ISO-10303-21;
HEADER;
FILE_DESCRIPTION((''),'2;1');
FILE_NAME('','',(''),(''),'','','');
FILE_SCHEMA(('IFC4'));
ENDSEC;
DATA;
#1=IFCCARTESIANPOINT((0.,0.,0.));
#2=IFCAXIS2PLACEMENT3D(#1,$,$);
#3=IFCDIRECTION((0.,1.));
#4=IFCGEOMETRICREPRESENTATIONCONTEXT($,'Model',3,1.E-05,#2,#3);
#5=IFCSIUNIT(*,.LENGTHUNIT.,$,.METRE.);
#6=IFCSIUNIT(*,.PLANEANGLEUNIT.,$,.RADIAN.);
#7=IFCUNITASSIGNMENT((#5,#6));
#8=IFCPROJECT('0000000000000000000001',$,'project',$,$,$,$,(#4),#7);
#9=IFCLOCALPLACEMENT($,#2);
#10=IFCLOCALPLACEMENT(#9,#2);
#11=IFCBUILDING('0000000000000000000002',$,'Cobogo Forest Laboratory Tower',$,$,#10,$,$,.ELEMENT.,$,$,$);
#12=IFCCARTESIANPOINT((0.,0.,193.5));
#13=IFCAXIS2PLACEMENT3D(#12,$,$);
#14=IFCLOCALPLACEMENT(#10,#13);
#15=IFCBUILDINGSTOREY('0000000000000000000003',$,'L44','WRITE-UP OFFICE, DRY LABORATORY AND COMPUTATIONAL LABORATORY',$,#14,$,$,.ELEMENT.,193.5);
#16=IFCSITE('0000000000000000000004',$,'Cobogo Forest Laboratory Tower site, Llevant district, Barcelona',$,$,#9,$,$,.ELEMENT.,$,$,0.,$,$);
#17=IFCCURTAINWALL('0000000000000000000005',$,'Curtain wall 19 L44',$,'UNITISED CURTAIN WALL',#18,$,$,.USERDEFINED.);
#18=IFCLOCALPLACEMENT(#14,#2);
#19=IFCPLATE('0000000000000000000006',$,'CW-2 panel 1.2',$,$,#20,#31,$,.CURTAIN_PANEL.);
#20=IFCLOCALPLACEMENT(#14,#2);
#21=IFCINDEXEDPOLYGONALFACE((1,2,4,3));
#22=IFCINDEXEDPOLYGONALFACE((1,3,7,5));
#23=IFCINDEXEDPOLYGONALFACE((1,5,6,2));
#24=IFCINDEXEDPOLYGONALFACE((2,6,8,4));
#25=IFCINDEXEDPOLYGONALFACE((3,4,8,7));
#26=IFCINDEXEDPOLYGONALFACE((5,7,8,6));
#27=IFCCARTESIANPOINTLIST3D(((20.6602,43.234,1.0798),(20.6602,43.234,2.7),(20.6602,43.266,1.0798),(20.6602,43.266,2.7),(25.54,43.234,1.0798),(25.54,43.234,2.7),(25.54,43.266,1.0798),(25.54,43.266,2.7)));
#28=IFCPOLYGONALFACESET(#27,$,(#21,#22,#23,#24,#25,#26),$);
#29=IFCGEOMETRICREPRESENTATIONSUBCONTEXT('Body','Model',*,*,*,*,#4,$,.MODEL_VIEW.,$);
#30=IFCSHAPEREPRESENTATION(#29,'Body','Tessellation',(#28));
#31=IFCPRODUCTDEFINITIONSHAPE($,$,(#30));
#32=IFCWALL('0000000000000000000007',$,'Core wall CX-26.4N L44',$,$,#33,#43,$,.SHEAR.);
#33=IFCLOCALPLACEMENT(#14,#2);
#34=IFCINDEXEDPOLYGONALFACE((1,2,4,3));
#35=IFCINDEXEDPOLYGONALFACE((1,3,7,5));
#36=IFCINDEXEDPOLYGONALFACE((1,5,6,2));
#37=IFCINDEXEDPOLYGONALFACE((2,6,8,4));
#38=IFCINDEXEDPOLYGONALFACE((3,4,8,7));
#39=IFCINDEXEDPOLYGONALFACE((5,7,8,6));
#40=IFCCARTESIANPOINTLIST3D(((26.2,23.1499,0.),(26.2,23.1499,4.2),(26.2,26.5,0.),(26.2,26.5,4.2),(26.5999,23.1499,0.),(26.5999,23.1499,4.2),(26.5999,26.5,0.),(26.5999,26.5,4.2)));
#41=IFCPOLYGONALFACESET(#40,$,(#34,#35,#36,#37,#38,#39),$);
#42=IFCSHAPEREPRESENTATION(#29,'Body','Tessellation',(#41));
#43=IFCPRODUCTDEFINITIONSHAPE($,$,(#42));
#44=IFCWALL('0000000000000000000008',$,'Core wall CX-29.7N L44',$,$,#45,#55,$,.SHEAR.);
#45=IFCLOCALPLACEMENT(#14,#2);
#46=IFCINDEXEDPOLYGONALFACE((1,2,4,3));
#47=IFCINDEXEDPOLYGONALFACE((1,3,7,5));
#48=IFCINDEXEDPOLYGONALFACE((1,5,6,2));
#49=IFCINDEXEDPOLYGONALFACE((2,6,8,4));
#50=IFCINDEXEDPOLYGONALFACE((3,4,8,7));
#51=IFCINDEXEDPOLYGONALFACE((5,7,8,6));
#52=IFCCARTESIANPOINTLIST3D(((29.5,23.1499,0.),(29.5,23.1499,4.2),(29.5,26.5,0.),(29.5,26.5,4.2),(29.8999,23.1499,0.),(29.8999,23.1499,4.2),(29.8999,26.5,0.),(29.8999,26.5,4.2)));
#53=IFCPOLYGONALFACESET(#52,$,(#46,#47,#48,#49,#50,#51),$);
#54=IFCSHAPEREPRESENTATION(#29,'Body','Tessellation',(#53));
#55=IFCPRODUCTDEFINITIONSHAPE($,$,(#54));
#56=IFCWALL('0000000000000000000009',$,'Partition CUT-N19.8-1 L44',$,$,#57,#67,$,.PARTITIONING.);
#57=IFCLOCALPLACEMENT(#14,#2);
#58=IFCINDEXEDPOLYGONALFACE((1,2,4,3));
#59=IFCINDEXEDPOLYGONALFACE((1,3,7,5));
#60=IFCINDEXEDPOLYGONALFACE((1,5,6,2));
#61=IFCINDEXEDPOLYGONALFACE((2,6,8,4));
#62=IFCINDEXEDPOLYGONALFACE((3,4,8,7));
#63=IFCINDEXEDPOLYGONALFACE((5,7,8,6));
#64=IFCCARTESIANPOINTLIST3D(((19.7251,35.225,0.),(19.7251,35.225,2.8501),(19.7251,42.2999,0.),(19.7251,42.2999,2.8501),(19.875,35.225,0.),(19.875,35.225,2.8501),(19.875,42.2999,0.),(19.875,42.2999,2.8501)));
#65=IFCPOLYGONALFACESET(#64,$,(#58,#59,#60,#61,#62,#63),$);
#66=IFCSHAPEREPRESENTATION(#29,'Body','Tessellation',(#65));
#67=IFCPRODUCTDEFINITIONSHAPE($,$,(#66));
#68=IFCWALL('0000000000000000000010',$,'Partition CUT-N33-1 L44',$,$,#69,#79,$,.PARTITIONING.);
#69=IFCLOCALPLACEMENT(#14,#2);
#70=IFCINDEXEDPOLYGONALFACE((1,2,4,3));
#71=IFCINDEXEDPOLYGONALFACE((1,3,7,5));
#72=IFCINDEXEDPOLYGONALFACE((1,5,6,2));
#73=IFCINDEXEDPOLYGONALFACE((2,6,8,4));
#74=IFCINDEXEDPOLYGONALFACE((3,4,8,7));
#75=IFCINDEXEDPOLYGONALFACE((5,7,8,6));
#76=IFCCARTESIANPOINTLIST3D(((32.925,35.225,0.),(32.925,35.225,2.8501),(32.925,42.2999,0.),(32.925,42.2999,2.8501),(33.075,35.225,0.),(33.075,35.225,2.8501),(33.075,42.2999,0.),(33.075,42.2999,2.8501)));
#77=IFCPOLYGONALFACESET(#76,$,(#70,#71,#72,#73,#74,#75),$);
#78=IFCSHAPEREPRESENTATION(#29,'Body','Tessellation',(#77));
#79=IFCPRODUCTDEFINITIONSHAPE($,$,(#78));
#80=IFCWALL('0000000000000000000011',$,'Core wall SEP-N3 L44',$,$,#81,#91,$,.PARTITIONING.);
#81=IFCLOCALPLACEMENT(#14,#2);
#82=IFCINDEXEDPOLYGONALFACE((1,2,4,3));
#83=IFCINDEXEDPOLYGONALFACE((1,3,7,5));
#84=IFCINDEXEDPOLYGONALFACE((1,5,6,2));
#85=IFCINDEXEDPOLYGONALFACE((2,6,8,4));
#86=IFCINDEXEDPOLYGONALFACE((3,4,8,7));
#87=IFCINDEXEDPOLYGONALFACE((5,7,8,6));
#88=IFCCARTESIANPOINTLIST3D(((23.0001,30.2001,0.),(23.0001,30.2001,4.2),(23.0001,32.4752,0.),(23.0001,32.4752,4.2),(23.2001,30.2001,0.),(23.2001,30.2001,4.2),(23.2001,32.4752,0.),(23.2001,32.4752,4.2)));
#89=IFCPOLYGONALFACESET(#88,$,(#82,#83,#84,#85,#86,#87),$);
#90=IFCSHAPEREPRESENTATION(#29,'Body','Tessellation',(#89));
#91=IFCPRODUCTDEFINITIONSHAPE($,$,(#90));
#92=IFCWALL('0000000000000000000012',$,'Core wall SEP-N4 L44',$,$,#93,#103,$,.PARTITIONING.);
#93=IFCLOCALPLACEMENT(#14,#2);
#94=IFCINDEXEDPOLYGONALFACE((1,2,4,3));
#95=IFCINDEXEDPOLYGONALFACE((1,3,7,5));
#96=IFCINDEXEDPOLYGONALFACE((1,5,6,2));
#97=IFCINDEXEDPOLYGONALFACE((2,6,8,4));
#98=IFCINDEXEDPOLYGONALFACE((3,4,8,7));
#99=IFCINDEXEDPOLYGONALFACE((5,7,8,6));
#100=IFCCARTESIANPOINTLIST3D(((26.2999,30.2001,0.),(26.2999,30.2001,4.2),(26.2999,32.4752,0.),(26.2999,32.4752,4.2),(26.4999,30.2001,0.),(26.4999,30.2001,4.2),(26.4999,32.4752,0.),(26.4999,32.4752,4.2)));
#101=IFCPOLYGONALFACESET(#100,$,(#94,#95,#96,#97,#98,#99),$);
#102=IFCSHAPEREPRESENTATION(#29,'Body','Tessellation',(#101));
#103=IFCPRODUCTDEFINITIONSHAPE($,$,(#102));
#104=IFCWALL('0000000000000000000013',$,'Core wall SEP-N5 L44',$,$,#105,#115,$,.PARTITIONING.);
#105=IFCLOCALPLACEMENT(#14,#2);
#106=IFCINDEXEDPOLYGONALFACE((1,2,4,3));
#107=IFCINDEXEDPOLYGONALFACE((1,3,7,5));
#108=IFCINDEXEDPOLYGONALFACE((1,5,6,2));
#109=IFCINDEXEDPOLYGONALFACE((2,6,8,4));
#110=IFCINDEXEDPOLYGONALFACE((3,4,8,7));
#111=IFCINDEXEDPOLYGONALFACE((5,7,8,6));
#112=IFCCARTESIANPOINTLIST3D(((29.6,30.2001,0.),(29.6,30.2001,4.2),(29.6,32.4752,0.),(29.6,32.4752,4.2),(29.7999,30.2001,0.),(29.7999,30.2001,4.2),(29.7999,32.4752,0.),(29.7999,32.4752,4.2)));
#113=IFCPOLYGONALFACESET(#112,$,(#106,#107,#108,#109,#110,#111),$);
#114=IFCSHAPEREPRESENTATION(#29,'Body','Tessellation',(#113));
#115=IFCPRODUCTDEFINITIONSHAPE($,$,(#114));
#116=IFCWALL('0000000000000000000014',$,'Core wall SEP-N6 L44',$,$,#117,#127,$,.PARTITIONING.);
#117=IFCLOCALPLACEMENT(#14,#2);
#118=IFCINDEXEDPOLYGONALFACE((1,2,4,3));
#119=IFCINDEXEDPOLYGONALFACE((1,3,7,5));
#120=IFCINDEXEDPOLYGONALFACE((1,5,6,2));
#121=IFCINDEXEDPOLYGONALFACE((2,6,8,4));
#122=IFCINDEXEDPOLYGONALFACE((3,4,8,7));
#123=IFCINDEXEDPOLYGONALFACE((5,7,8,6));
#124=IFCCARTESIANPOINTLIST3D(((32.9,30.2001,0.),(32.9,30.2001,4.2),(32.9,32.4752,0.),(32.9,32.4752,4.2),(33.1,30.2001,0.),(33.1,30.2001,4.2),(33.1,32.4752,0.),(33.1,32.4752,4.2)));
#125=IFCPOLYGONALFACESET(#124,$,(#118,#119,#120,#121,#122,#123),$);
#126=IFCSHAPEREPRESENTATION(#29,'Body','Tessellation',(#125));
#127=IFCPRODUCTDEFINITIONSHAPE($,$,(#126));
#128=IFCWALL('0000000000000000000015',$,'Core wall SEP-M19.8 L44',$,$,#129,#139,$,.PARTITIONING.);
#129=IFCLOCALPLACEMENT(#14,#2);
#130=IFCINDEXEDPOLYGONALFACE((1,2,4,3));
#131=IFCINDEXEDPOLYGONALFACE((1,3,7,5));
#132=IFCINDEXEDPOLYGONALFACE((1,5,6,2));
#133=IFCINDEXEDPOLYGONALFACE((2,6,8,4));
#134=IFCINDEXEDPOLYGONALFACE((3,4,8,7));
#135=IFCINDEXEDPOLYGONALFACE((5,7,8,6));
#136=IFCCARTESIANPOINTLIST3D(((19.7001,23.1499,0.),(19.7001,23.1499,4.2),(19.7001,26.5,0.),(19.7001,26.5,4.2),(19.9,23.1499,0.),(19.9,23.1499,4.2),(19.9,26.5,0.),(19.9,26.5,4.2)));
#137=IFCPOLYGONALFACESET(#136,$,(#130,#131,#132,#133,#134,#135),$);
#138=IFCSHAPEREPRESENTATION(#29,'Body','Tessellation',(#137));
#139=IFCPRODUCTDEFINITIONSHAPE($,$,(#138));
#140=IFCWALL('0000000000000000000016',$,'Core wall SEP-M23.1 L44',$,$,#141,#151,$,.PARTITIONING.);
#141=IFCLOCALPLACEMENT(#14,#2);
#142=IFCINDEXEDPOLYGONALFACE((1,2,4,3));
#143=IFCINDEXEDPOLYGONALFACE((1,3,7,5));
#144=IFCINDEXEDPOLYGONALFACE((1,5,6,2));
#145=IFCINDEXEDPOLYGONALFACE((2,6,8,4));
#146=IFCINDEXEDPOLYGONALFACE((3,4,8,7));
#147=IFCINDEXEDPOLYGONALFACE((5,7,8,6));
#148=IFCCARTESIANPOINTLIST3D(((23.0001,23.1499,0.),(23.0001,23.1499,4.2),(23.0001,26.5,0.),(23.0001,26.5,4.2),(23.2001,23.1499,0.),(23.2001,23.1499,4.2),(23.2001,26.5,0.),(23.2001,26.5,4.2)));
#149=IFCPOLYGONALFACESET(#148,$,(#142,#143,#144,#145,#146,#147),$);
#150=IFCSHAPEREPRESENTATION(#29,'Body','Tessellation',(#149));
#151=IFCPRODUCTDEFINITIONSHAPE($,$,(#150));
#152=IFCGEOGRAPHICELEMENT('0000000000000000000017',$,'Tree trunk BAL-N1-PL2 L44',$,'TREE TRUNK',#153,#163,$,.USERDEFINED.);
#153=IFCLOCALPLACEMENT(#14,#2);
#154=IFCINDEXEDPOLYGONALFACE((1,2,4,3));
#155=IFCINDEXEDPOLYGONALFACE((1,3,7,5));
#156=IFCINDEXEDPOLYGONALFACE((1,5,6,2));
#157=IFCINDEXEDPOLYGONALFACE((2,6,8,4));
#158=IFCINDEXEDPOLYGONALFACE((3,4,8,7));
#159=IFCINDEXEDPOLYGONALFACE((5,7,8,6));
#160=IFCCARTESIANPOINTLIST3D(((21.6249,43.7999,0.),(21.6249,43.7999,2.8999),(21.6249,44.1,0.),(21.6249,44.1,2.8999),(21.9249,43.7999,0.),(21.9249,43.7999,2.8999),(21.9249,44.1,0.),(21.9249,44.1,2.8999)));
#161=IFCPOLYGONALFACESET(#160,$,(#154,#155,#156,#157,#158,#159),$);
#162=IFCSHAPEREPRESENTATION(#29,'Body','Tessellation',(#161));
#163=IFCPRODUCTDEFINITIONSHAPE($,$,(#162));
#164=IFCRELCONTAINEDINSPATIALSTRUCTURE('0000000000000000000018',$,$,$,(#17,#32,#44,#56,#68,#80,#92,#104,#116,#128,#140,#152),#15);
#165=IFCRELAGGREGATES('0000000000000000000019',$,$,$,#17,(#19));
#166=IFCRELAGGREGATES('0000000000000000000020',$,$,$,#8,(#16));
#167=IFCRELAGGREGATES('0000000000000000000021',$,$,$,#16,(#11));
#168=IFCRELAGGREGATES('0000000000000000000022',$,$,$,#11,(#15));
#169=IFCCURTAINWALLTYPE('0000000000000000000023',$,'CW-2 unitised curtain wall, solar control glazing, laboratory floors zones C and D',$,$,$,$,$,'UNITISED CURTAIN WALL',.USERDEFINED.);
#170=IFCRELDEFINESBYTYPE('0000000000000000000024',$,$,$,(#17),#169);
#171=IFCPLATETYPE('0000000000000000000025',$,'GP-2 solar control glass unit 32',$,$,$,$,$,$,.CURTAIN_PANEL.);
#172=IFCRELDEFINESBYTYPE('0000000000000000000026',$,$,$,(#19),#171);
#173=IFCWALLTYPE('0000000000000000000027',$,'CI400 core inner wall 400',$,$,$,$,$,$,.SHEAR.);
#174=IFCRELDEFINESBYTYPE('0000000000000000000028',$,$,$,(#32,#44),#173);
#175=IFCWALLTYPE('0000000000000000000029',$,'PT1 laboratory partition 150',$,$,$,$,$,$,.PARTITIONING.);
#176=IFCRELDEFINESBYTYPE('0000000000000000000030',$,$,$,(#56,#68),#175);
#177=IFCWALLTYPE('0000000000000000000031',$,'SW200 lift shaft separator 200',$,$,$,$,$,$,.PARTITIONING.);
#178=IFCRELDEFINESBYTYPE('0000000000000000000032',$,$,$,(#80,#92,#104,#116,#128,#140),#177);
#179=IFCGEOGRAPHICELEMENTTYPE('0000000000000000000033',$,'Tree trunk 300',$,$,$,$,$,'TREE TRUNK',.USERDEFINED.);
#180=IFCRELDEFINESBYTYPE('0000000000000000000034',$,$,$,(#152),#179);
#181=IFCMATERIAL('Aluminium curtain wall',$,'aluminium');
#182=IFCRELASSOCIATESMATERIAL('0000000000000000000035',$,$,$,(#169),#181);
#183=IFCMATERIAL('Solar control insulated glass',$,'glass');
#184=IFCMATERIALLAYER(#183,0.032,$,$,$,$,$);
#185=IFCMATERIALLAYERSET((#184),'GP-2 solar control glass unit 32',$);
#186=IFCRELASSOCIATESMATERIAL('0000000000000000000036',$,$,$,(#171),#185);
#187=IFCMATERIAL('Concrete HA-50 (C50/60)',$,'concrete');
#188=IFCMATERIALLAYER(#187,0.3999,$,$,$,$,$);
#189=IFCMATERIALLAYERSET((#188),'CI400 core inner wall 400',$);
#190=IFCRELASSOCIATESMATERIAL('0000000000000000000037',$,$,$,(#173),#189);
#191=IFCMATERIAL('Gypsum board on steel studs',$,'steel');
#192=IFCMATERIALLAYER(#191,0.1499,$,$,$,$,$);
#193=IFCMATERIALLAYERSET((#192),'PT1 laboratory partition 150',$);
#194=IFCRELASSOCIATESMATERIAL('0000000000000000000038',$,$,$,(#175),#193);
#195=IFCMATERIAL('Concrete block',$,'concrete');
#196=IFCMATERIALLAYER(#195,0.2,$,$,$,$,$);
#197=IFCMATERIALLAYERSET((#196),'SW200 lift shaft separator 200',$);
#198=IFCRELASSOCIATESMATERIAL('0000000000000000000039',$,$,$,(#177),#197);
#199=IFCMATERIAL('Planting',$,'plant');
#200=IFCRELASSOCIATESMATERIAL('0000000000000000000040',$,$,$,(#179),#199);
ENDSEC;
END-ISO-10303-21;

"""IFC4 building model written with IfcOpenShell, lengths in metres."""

from ifc_helpers import new_model, si_unit, direction, frame, frame_2d, origin, origin_2d, place, context, subcontext, project, spatial, rectangle, extrude, material, layer, layer_set, type_object, element, aggregate, save


model = new_model("IFC4")

# Units and contexts
model_context = context("Model", 3, precision=1e-05, world=origin(), true_north=direction((0.0, 1.0)))
body_context = subcontext(model_context, "Body", "Model", "MODEL_VIEW")
ifc_project = project(units=[si_unit("LENGTHUNIT", "METRE"), si_unit("PLANEANGLEUNIT", "RADIAN")], contexts=[model_context])

# Site, building, storey
site_placement = place(None, origin())
site = spatial("IfcSite", under=ifc_project, at=site_placement, Name="Cobogo Forest Laboratory Tower site, Llevant district, Barcelona", CompositionType="ELEMENT", RefElevation=0.0)
building_placement = place(site_placement, origin())
building = spatial("IfcBuilding", under=site, at=building_placement, Name="Cobogo Forest Laboratory Tower", CompositionType="ELEMENT")
storey_placement = place(building_placement, frame((0.0, 0.0, 193.5)))
storey = spatial("IfcBuildingStorey", under=building, at=storey_placement, Name="L44", Description="WRITE-UP OFFICE, DRY LABORATORY AND COMPUTATIONAL LABORATORY", CompositionType="ELEMENT", Elevation=193.5)

# Shared definitions
ifc_material_1 = material(Name="Concrete HA-50 (C50/60)", Category="concrete")

# Curtain wall
ifc_material_2 = material(Name="Aluminium curtain wall", Category="aluminium")
curtain_wall_type = type_object("IfcCurtainWallType", Name="CW-2 unitised curtain wall, solar control glazing, laboratory floors zones C and D", ElementType="UNITISED CURTAIN WALL", PredefinedType="USERDEFINED", material=ifc_material_2)
curtain_wall_1_placement = place(storey_placement, origin())
curtain_wall_1 = element("IfcCurtainWall", 1, at=curtain_wall_1_placement, inside=storey, type_object=curtain_wall_type, Name="Curtain wall 19 L44", ObjectType="UNITISED CURTAIN WALL", PredefinedType="USERDEFINED")

# Plate
ifc_material_3 = material(Name="Solar control insulated glass", Category="glass")
ifc_layer_1 = layer(ifc_material_3, 0.032)
ifc_layer_set_1 = layer_set([ifc_layer_1], Name="GP-2 solar control glass unit 32")
plate_type_1 = type_object("IfcPlateType", Name="GP-2 solar control glass unit 32", PredefinedType="CURTAIN_PANEL", material=ifc_layer_set_1)
plate_1_placement = place(storey_placement, frame((23.1001, 43.25, 1.0798), z_axis=(0.0, 0.0, 1.0), x_axis=(-1.0, 0.0, 0.0)))
plate_1 = element("IfcPlate", 2, at=plate_1_placement, type_object=plate_type_1, Name="CW-2 panel 1.2", PredefinedType="CURTAIN_PANEL", context=body_context, shape_type="SweptSolid", body=[
    extrude(rectangle(XDim=4.8799, YDim=0.032, at=origin_2d()), origin(), (0.0, 0.0, 1.0), 1.6201),
])
aggregate(curtain_wall_1, [plate_1])

# Walls
ifc_layer_2 = layer(ifc_material_1, 0.3999)
ifc_layer_set_2 = layer_set([ifc_layer_2], Name="CI400 core inner wall 400")
wall_type_1 = type_object("IfcWallType", Name="CI400 core inner wall 400", PredefinedType="SHEAR", material=ifc_layer_set_2)
for number, where, z_axis, x_axis, name in (
    (3, (26.3999, 23.1499, 0.0), (0.0, 0.0, 1.0), (0.0, 1.0, 0.0), "Core wall CX-26.4N L44"),
    (4, (29.7, 23.1499, 0.0), (0.0, 0.0, 1.0), (0.0, 1.0, 0.0), "Core wall CX-29.7N L44"),
):
    element("IfcWall", number, at=place(storey_placement, frame(where, z_axis=z_axis, x_axis=x_axis)), inside=storey, type_object=wall_type_1, Name=name, PredefinedType="SHEAR", context=body_context, shape_type="SweptSolid", body=[
        extrude(rectangle(XDim=3.3501, YDim=0.3999, at=frame_2d((1.675, 0.0))), origin(), (0.0, 0.0, 1.0), 4.2),
    ])
ifc_material_4 = material(Name="Gypsum board on steel studs", Category="steel")
ifc_layer_3 = layer(ifc_material_4, 0.1499)
ifc_layer_set_3 = layer_set([ifc_layer_3], Name="PT1 laboratory partition 150")
wall_type_2 = type_object("IfcWallType", Name="PT1 laboratory partition 150", PredefinedType="PARTITIONING", material=ifc_layer_set_3)
for number, where, z_axis, x_axis, name in (
    (5, (19.8, 42.3, 0.0), (0.0, 0.0, 1.0), (0.0, -1.0, 0.0), "Partition CUT-N19.8-1 L44"),
    (6, (33.0, 42.3, 0.0), (0.0, 0.0, 1.0), (0.0, -1.0, 0.0), "Partition CUT-N33-1 L44"),
):
    element("IfcWall", number, at=place(storey_placement, frame(where, z_axis=z_axis, x_axis=x_axis)), inside=storey, type_object=wall_type_2, Name=name, PredefinedType="PARTITIONING", context=body_context, shape_type="SweptSolid", body=[
        extrude(rectangle(XDim=7.075, YDim=0.1499, at=frame_2d((3.5376, 0.0))), origin(), (0.0, 0.0, 1.0), 2.8501),
    ])
ifc_material_5 = material(Name="Concrete block", Category="concrete")
ifc_layer_4 = layer(ifc_material_5, 0.2)
ifc_layer_set_4 = layer_set([ifc_layer_4], Name="SW200 lift shaft separator 200")
wall_type_3 = type_object("IfcWallType", Name="SW200 lift shaft separator 200", PredefinedType="PARTITIONING", material=ifc_layer_set_4)
for number, where, z_axis, x_axis, name in (
    (7, (23.1001, 30.2, 0.0), (0.0, 0.0, 1.0), (0.0, 1.0, 0.0), "Core wall SEP-N3 L44"),
    (8, (26.3999, 30.2, 0.0), (0.0, 0.0, 1.0), (0.0, 1.0, 0.0), "Core wall SEP-N4 L44"),
    (9, (29.7, 30.2, 0.0), (0.0, 0.0, 1.0), (0.0, 1.0, 0.0), "Core wall SEP-N5 L44"),
    (10, (33.0, 30.2, 0.0), (0.0, 0.0, 1.0), (0.0, 1.0, 0.0), "Core wall SEP-N6 L44"),
):
    element("IfcWall", number, at=place(storey_placement, frame(where, z_axis=z_axis, x_axis=x_axis)), inside=storey, type_object=wall_type_3, Name=name, PredefinedType="PARTITIONING", context=body_context, shape_type="SweptSolid", body=[
        extrude(rectangle(XDim=2.2751, YDim=0.2, at=frame_2d((1.1377, 0.0))), origin(), (0.0, 0.0, 1.0), 4.2),
    ])
for number, where, z_axis, x_axis, name in (
    (11, (19.8, 23.1499, 0.0), (0.0, 0.0, 1.0), (0.0, 1.0, 0.0), "Core wall SEP-M19.8 L44"),
    (12, (23.1001, 23.1499, 0.0), (0.0, 0.0, 1.0), (0.0, 1.0, 0.0), "Core wall SEP-M23.1 L44"),
):
    element("IfcWall", number, at=place(storey_placement, frame(where, z_axis=z_axis, x_axis=x_axis)), inside=storey, type_object=wall_type_3, Name=name, PredefinedType="PARTITIONING", context=body_context, shape_type="SweptSolid", body=[
        extrude(rectangle(XDim=3.3501, YDim=0.2, at=frame_2d((1.675, 0.0))), origin(), (0.0, 0.0, 1.0), 4.2),
    ])

# Geographic element
ifc_material_6 = material(Name="Planting", Category="plant")
geographic_element_type = type_object("IfcGeographicElementType", Name="Tree trunk 300", ElementType="TREE TRUNK", PredefinedType="USERDEFINED", material=ifc_material_6)
geographic_element_placement = place(storey_placement, frame((21.7749, 43.95, 0.0), z_axis=(0.0, 0.0, 1.0), x_axis=(1.0, 0.0, 0.0)))
element("IfcGeographicElement", 13, at=geographic_element_placement, inside=storey, type_object=geographic_element_type, Name="Tree trunk BAL-N1-PL2 L44", ObjectType="TREE TRUNK", PredefinedType="USERDEFINED", context=body_context, shape_type="SweptSolid", body=[
    extrude(rectangle(XDim=0.3, YDim=0.3, at=origin_2d()), origin(), (0.0, 0.0, 1.0), 2.8999),
])

save(model, "model.ifc")
